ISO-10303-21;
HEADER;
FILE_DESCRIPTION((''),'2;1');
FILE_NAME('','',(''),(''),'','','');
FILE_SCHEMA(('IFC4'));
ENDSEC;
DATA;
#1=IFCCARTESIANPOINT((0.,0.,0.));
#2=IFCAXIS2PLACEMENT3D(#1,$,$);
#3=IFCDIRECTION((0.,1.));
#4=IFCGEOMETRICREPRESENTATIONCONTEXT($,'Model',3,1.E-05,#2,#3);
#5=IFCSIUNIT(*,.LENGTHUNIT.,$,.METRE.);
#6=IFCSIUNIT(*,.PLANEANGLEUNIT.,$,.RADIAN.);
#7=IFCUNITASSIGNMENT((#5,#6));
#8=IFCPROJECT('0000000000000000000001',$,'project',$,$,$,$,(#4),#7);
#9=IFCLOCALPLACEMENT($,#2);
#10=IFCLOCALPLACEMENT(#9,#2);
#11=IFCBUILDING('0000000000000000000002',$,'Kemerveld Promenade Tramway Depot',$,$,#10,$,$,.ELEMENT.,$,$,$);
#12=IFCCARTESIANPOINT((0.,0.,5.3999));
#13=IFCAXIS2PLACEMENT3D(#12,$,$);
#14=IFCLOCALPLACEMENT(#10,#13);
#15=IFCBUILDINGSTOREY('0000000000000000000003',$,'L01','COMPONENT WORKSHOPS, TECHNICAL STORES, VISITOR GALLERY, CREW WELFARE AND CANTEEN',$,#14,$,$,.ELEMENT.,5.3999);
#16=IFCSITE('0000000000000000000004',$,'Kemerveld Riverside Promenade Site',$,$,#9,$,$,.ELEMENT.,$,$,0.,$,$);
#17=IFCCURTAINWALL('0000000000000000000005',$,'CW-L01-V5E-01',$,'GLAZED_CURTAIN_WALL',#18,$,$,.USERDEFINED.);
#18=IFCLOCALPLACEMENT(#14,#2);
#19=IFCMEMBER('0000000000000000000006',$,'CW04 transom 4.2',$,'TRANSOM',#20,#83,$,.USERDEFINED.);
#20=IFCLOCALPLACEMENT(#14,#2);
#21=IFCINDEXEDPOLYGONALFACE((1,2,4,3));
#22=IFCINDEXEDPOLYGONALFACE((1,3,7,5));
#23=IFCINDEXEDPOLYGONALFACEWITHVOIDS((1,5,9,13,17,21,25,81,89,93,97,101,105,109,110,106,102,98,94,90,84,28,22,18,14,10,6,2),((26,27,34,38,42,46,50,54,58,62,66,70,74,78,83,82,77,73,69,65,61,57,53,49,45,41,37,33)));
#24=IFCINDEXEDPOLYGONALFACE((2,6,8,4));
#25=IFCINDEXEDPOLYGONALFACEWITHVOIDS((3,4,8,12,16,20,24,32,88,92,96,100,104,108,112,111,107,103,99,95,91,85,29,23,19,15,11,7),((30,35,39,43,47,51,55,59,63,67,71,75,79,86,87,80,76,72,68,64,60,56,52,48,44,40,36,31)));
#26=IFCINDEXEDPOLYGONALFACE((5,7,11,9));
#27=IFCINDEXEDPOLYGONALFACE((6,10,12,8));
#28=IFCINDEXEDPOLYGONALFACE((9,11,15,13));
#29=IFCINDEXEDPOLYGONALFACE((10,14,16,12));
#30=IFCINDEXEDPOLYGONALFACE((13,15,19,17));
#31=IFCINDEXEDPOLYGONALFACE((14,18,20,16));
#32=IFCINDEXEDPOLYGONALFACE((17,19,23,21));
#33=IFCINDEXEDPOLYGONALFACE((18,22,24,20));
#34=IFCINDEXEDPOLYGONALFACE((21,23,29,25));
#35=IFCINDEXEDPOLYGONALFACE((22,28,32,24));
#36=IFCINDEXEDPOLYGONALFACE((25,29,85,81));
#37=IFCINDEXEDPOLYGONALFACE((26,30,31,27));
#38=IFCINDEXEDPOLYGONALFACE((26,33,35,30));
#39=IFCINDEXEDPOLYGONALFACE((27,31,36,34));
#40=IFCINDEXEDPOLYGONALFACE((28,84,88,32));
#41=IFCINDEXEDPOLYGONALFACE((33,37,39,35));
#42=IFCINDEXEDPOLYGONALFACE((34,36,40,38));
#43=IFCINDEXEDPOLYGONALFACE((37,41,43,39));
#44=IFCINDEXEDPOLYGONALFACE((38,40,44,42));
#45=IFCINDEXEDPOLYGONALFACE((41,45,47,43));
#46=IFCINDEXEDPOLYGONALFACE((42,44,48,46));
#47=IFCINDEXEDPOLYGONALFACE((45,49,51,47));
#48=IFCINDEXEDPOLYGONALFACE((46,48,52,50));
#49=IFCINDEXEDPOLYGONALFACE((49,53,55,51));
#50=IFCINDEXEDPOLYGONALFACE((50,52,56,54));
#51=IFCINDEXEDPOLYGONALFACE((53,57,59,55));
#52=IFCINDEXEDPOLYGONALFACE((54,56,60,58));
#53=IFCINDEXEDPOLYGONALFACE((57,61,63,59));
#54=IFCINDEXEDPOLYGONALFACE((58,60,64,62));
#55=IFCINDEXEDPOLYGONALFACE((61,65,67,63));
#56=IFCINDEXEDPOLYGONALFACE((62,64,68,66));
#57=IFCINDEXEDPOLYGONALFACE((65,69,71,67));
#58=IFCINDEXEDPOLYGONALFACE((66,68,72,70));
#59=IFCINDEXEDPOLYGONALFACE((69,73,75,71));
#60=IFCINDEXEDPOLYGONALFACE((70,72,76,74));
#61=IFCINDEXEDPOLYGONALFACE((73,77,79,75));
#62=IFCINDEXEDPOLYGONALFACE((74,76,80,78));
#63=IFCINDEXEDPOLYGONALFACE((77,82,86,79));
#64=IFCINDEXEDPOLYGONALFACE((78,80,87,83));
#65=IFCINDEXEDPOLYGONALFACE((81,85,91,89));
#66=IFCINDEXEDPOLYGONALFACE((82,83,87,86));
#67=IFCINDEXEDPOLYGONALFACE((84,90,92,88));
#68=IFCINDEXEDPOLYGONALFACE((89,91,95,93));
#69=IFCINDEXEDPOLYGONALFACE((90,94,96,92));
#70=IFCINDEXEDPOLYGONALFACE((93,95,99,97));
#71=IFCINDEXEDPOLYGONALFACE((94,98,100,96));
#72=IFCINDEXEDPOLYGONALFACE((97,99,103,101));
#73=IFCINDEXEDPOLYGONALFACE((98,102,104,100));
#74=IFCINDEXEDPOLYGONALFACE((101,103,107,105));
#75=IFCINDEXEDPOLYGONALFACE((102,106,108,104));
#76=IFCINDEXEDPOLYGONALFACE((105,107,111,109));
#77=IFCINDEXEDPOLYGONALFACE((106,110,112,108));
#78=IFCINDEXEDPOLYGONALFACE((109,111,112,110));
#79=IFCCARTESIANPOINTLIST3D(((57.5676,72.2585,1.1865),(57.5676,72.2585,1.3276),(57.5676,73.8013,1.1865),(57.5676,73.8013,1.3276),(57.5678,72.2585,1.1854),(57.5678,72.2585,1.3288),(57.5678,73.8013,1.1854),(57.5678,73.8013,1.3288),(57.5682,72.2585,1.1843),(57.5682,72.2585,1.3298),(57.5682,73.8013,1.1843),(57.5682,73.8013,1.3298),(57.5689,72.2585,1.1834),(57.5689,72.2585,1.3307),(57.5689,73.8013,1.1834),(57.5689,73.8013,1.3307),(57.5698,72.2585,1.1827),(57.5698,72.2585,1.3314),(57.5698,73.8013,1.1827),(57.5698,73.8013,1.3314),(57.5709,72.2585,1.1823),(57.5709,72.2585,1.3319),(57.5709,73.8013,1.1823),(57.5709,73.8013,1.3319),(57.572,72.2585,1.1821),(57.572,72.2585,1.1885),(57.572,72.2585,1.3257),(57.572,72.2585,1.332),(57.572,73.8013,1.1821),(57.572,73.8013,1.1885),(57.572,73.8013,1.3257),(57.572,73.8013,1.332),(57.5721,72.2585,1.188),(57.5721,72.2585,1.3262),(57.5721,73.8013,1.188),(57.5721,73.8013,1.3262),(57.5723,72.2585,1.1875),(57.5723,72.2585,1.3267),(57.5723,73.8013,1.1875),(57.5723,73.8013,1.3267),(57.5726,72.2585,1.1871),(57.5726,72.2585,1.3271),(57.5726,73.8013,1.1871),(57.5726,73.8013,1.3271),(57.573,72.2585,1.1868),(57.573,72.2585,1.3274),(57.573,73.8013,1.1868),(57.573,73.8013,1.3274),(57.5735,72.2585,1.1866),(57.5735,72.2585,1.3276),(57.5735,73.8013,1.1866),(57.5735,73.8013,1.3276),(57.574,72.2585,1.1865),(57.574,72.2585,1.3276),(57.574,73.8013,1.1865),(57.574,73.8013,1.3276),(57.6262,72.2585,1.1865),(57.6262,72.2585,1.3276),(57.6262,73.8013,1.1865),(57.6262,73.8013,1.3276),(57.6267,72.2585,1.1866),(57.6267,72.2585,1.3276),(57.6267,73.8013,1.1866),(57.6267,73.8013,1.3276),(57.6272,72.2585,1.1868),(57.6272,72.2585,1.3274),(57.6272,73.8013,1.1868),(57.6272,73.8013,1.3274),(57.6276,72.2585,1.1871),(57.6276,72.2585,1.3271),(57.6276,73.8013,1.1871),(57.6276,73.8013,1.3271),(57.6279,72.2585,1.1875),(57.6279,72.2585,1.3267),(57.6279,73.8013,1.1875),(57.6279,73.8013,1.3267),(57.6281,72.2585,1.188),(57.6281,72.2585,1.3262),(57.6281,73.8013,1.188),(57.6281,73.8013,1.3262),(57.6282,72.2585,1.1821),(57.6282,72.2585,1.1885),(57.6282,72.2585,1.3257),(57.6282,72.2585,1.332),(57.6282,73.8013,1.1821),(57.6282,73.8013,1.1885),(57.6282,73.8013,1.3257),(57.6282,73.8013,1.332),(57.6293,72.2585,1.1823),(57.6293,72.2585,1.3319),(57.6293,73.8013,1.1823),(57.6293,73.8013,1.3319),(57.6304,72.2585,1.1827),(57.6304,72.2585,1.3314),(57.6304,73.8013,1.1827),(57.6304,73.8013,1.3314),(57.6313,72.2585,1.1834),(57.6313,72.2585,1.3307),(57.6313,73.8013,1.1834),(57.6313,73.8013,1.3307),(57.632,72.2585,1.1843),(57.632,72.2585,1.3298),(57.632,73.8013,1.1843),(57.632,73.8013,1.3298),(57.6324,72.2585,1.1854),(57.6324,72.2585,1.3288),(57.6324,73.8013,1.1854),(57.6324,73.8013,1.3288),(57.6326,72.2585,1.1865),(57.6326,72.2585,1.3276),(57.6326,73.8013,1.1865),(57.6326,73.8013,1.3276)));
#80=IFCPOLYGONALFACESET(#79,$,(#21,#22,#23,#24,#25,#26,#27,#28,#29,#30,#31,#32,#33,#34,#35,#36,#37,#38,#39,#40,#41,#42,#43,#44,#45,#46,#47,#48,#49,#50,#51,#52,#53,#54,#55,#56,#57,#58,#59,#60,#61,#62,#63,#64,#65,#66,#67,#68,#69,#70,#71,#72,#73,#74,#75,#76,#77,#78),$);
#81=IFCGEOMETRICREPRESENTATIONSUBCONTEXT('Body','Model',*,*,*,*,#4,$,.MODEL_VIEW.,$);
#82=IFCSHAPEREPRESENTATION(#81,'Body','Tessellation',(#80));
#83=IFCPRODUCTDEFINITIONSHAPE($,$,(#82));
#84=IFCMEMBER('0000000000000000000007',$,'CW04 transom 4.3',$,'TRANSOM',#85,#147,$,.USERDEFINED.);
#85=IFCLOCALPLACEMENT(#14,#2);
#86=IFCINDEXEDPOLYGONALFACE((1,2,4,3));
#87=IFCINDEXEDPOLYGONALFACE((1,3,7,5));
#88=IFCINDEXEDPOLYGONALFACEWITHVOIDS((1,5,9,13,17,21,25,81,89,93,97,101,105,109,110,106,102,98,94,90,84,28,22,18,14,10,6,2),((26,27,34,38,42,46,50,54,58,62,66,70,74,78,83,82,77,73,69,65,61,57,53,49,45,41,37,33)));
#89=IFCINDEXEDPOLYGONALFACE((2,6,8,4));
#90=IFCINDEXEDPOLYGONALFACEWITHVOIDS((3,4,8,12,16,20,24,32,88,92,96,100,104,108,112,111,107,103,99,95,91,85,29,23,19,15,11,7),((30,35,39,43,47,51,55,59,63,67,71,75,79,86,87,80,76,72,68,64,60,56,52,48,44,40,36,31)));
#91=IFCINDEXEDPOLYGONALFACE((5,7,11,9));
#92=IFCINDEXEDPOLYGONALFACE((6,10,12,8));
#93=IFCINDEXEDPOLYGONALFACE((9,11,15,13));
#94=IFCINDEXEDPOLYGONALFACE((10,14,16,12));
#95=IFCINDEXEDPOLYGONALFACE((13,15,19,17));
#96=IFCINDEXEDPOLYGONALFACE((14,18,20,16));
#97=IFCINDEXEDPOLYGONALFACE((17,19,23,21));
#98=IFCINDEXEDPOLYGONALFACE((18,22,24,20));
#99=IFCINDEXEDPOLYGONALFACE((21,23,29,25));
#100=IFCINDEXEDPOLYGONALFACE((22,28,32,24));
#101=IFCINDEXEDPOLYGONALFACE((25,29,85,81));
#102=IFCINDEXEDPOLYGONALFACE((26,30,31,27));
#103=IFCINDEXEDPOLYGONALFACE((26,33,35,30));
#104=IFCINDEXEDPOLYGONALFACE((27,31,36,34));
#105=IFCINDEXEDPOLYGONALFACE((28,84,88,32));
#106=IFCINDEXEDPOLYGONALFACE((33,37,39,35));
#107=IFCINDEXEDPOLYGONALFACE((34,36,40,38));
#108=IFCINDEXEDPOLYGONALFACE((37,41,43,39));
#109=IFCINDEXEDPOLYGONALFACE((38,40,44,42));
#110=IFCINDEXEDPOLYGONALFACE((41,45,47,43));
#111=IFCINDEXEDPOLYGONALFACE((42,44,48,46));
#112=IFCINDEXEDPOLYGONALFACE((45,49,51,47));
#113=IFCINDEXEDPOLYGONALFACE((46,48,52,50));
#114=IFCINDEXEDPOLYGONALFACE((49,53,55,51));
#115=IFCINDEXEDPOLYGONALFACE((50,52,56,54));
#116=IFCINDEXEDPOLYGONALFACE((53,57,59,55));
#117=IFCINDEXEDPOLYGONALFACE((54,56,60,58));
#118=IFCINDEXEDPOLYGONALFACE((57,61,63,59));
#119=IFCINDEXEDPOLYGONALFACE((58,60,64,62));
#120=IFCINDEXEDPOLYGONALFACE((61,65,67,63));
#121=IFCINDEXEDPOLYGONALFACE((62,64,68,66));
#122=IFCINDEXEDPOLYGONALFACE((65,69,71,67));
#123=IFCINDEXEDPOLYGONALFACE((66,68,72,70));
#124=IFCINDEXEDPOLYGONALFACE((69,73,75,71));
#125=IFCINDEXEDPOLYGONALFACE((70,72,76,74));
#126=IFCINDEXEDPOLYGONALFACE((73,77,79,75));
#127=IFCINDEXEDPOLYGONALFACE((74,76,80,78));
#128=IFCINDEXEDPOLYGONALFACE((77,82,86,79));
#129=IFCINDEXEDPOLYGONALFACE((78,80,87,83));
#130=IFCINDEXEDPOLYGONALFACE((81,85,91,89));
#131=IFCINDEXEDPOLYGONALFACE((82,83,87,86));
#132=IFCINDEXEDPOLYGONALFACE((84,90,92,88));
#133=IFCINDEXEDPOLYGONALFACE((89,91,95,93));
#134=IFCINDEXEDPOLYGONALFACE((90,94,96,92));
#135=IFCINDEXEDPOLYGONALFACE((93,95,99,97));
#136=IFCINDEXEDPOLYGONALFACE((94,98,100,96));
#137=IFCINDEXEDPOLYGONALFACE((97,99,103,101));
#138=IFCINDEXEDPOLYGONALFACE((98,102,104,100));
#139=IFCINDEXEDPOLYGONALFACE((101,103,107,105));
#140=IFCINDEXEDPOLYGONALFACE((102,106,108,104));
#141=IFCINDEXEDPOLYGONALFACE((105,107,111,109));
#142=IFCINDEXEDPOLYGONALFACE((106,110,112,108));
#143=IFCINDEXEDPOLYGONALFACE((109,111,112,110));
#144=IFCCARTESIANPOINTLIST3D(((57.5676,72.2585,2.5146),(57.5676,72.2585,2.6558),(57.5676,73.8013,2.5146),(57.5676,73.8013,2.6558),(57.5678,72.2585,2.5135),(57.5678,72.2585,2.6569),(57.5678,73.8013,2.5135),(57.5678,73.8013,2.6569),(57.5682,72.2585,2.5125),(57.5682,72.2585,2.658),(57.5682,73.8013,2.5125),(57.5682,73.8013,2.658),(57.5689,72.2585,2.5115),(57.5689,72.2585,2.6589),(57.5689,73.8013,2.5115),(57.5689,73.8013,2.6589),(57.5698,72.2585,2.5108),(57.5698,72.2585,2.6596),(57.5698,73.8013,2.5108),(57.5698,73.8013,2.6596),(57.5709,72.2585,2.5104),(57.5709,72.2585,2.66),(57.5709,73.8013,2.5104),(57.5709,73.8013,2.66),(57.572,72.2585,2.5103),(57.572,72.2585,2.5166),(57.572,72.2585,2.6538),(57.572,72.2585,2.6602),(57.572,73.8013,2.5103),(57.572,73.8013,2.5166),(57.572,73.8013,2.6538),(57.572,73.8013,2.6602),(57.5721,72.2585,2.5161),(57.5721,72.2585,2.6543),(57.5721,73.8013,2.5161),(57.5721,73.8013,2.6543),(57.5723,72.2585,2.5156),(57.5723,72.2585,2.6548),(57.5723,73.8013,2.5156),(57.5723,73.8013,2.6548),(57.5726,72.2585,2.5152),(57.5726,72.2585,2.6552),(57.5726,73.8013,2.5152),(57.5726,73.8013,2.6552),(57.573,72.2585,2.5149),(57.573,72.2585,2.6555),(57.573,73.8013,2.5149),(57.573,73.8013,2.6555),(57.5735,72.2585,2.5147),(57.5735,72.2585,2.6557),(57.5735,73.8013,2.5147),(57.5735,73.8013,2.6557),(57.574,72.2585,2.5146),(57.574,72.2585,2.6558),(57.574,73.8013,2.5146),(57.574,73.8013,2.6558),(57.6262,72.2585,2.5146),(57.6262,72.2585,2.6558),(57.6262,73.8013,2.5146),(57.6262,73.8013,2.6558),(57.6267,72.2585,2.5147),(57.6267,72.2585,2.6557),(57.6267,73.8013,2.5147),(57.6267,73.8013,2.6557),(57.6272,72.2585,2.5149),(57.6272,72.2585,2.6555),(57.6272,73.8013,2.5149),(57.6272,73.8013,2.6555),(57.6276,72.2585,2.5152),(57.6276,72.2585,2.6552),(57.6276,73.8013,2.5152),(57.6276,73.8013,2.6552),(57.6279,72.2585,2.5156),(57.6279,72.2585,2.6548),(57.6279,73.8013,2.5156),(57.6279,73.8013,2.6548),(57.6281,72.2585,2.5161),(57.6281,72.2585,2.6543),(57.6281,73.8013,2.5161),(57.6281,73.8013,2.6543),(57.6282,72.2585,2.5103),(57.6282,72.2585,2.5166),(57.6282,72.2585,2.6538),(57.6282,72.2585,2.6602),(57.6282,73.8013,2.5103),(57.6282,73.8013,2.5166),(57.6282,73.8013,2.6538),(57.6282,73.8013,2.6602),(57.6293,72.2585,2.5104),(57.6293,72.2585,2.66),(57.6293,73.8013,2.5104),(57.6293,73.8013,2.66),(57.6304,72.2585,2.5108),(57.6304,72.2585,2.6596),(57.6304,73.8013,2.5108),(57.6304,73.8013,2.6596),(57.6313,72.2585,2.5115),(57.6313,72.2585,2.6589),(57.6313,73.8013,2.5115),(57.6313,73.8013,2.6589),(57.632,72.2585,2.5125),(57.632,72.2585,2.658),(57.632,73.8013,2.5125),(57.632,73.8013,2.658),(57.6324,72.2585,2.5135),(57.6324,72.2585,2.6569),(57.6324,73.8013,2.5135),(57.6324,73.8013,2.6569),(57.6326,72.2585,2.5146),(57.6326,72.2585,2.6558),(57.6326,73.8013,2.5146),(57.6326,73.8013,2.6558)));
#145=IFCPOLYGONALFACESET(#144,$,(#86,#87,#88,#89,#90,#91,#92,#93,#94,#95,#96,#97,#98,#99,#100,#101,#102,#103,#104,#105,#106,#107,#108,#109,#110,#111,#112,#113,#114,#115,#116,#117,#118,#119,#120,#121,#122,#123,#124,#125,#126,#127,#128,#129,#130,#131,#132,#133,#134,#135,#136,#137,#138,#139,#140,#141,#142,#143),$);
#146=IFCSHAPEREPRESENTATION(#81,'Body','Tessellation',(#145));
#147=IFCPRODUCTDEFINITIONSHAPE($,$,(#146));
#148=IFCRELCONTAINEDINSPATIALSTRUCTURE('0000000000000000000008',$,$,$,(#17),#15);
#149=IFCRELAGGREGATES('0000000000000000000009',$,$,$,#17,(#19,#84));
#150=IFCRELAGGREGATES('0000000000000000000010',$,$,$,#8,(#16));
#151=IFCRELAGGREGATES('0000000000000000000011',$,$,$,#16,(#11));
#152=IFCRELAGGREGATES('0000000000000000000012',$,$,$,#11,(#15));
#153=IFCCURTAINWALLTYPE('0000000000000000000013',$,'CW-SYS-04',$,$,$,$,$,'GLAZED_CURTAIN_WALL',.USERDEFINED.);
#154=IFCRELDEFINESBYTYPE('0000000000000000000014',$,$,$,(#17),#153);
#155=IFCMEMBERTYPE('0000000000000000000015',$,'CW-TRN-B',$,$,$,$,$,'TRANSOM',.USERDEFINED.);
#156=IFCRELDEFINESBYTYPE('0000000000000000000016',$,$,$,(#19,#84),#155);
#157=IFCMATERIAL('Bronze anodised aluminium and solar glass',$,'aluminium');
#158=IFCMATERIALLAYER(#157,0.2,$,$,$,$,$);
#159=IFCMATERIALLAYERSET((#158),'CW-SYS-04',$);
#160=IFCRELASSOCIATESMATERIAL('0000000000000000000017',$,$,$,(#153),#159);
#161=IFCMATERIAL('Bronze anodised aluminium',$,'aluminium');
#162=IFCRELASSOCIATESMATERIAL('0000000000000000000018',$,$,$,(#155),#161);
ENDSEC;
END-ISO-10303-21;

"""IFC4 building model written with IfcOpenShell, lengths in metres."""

from ifc_helpers import new_model, si_unit, direction, frame, origin, origin_2d, place, context, subcontext, project, spatial, hollow_rectangle, extrude, material, layer, layer_set, material_profile, profile_set, type_object, element, aggregate, save


model = new_model("IFC4")

# Units and contexts
model_context = context("Model", 3, precision=1e-05, world=origin(), true_north=direction((0.0, 1.0)))
body_context = subcontext(model_context, "Body", "Model", "MODEL_VIEW")
ifc_project = project(units=[si_unit("LENGTHUNIT", "METRE"), si_unit("PLANEANGLEUNIT", "RADIAN")], contexts=[model_context])

# Site, building, storey
site_placement = place(None, origin())
site = spatial("IfcSite", under=ifc_project, at=site_placement, Name="Kemerveld Riverside Promenade Site", CompositionType="ELEMENT", RefElevation=0.0)
building_placement = place(site_placement, origin())
building = spatial("IfcBuilding", under=site, at=building_placement, Name="Kemerveld Promenade Tramway Depot", CompositionType="ELEMENT")
storey_placement = place(building_placement, frame((0.0, 0.0, 5.3999)))
storey = spatial("IfcBuildingStorey", under=building, at=storey_placement, Name="L01", Description="COMPONENT WORKSHOPS, TECHNICAL STORES, VISITOR GALLERY, CREW WELFARE AND CANTEEN", CompositionType="ELEMENT", Elevation=5.3999)

# Curtain wall, members
ifc_material_1 = material(Name="Bronze anodised aluminium and solar glass", Category="aluminium")
ifc_layer_1 = layer(ifc_material_1, 0.2)
ifc_layer_set_1 = layer_set([ifc_layer_1], Name="CW-SYS-04")
curtain_wall_type = type_object("IfcCurtainWallType", Name="CW-SYS-04", ElementType="GLAZED_CURTAIN_WALL", PredefinedType="USERDEFINED", material=ifc_layer_set_1)
curtain_wall_placement = place(storey_placement, origin())
curtain_wall = element("IfcCurtainWall", 1, at=curtain_wall_placement, inside=storey, type_object=curtain_wall_type, Name="CW-L01-V5E-01", ObjectType="GLAZED_CURTAIN_WALL", PredefinedType="USERDEFINED")
ifc_material_2 = material(Name="Bronze anodised aluminium", Category="aluminium")
ifc_material_profile_1 = material_profile(ifc_material_2, hollow_rectangle(XDim=0.0649, YDim=0.1499, WallThickness=0.0044, InnerFilletRadius=0.002, OuterFilletRadius=0.0044, at=origin_2d()), Name="CW-TRN-150x65")
ifc_profile_set_1 = profile_set([ifc_material_profile_1], Name="Bronze anodised aluminium")
member_type_1 = type_object("IfcMemberType", Name="CW-TRN-B", ElementType="TRANSOM", PredefinedType="USERDEFINED", material=ifc_profile_set_1)
member_1_placement = place(storey_placement, frame((57.6001, 73.8013, 1.2571), z_axis=(0.0, -1.0, 0.0), x_axis=(1.0, 0.0, 0.0)))
member_1 = element("IfcMember", 2, at=member_1_placement, type_object=member_type_1, Name="CW04 transom 4.2", ObjectType="TRANSOM", PredefinedType="USERDEFINED", context=body_context, shape_type="SweptSolid", body=[
    extrude(hollow_rectangle(XDim=0.0649, YDim=0.1499, WallThickness=0.0044, InnerFilletRadius=0.002, OuterFilletRadius=0.0044, at=origin_2d()), origin(), (0.0, 0.0, 1.0), 1.5427),
])
member_2_placement = place(storey_placement, frame((57.6001, 73.8013, 2.5852), z_axis=(0.0, -1.0, 0.0), x_axis=(1.0, 0.0, 0.0)))
member_2 = element("IfcMember", 3, at=member_2_placement, type_object=member_type_1, Name="CW04 transom 4.3", ObjectType="TRANSOM", PredefinedType="USERDEFINED", context=body_context, shape_type="SweptSolid", body=[
    extrude(hollow_rectangle(XDim=0.0649, YDim=0.1499, WallThickness=0.0044, InnerFilletRadius=0.002, OuterFilletRadius=0.0044, at=origin_2d()), origin(), (0.0, 0.0, 1.0), 1.5427),
])
aggregate(curtain_wall, [member_1, member_2])

save(model, "model.ifc")
